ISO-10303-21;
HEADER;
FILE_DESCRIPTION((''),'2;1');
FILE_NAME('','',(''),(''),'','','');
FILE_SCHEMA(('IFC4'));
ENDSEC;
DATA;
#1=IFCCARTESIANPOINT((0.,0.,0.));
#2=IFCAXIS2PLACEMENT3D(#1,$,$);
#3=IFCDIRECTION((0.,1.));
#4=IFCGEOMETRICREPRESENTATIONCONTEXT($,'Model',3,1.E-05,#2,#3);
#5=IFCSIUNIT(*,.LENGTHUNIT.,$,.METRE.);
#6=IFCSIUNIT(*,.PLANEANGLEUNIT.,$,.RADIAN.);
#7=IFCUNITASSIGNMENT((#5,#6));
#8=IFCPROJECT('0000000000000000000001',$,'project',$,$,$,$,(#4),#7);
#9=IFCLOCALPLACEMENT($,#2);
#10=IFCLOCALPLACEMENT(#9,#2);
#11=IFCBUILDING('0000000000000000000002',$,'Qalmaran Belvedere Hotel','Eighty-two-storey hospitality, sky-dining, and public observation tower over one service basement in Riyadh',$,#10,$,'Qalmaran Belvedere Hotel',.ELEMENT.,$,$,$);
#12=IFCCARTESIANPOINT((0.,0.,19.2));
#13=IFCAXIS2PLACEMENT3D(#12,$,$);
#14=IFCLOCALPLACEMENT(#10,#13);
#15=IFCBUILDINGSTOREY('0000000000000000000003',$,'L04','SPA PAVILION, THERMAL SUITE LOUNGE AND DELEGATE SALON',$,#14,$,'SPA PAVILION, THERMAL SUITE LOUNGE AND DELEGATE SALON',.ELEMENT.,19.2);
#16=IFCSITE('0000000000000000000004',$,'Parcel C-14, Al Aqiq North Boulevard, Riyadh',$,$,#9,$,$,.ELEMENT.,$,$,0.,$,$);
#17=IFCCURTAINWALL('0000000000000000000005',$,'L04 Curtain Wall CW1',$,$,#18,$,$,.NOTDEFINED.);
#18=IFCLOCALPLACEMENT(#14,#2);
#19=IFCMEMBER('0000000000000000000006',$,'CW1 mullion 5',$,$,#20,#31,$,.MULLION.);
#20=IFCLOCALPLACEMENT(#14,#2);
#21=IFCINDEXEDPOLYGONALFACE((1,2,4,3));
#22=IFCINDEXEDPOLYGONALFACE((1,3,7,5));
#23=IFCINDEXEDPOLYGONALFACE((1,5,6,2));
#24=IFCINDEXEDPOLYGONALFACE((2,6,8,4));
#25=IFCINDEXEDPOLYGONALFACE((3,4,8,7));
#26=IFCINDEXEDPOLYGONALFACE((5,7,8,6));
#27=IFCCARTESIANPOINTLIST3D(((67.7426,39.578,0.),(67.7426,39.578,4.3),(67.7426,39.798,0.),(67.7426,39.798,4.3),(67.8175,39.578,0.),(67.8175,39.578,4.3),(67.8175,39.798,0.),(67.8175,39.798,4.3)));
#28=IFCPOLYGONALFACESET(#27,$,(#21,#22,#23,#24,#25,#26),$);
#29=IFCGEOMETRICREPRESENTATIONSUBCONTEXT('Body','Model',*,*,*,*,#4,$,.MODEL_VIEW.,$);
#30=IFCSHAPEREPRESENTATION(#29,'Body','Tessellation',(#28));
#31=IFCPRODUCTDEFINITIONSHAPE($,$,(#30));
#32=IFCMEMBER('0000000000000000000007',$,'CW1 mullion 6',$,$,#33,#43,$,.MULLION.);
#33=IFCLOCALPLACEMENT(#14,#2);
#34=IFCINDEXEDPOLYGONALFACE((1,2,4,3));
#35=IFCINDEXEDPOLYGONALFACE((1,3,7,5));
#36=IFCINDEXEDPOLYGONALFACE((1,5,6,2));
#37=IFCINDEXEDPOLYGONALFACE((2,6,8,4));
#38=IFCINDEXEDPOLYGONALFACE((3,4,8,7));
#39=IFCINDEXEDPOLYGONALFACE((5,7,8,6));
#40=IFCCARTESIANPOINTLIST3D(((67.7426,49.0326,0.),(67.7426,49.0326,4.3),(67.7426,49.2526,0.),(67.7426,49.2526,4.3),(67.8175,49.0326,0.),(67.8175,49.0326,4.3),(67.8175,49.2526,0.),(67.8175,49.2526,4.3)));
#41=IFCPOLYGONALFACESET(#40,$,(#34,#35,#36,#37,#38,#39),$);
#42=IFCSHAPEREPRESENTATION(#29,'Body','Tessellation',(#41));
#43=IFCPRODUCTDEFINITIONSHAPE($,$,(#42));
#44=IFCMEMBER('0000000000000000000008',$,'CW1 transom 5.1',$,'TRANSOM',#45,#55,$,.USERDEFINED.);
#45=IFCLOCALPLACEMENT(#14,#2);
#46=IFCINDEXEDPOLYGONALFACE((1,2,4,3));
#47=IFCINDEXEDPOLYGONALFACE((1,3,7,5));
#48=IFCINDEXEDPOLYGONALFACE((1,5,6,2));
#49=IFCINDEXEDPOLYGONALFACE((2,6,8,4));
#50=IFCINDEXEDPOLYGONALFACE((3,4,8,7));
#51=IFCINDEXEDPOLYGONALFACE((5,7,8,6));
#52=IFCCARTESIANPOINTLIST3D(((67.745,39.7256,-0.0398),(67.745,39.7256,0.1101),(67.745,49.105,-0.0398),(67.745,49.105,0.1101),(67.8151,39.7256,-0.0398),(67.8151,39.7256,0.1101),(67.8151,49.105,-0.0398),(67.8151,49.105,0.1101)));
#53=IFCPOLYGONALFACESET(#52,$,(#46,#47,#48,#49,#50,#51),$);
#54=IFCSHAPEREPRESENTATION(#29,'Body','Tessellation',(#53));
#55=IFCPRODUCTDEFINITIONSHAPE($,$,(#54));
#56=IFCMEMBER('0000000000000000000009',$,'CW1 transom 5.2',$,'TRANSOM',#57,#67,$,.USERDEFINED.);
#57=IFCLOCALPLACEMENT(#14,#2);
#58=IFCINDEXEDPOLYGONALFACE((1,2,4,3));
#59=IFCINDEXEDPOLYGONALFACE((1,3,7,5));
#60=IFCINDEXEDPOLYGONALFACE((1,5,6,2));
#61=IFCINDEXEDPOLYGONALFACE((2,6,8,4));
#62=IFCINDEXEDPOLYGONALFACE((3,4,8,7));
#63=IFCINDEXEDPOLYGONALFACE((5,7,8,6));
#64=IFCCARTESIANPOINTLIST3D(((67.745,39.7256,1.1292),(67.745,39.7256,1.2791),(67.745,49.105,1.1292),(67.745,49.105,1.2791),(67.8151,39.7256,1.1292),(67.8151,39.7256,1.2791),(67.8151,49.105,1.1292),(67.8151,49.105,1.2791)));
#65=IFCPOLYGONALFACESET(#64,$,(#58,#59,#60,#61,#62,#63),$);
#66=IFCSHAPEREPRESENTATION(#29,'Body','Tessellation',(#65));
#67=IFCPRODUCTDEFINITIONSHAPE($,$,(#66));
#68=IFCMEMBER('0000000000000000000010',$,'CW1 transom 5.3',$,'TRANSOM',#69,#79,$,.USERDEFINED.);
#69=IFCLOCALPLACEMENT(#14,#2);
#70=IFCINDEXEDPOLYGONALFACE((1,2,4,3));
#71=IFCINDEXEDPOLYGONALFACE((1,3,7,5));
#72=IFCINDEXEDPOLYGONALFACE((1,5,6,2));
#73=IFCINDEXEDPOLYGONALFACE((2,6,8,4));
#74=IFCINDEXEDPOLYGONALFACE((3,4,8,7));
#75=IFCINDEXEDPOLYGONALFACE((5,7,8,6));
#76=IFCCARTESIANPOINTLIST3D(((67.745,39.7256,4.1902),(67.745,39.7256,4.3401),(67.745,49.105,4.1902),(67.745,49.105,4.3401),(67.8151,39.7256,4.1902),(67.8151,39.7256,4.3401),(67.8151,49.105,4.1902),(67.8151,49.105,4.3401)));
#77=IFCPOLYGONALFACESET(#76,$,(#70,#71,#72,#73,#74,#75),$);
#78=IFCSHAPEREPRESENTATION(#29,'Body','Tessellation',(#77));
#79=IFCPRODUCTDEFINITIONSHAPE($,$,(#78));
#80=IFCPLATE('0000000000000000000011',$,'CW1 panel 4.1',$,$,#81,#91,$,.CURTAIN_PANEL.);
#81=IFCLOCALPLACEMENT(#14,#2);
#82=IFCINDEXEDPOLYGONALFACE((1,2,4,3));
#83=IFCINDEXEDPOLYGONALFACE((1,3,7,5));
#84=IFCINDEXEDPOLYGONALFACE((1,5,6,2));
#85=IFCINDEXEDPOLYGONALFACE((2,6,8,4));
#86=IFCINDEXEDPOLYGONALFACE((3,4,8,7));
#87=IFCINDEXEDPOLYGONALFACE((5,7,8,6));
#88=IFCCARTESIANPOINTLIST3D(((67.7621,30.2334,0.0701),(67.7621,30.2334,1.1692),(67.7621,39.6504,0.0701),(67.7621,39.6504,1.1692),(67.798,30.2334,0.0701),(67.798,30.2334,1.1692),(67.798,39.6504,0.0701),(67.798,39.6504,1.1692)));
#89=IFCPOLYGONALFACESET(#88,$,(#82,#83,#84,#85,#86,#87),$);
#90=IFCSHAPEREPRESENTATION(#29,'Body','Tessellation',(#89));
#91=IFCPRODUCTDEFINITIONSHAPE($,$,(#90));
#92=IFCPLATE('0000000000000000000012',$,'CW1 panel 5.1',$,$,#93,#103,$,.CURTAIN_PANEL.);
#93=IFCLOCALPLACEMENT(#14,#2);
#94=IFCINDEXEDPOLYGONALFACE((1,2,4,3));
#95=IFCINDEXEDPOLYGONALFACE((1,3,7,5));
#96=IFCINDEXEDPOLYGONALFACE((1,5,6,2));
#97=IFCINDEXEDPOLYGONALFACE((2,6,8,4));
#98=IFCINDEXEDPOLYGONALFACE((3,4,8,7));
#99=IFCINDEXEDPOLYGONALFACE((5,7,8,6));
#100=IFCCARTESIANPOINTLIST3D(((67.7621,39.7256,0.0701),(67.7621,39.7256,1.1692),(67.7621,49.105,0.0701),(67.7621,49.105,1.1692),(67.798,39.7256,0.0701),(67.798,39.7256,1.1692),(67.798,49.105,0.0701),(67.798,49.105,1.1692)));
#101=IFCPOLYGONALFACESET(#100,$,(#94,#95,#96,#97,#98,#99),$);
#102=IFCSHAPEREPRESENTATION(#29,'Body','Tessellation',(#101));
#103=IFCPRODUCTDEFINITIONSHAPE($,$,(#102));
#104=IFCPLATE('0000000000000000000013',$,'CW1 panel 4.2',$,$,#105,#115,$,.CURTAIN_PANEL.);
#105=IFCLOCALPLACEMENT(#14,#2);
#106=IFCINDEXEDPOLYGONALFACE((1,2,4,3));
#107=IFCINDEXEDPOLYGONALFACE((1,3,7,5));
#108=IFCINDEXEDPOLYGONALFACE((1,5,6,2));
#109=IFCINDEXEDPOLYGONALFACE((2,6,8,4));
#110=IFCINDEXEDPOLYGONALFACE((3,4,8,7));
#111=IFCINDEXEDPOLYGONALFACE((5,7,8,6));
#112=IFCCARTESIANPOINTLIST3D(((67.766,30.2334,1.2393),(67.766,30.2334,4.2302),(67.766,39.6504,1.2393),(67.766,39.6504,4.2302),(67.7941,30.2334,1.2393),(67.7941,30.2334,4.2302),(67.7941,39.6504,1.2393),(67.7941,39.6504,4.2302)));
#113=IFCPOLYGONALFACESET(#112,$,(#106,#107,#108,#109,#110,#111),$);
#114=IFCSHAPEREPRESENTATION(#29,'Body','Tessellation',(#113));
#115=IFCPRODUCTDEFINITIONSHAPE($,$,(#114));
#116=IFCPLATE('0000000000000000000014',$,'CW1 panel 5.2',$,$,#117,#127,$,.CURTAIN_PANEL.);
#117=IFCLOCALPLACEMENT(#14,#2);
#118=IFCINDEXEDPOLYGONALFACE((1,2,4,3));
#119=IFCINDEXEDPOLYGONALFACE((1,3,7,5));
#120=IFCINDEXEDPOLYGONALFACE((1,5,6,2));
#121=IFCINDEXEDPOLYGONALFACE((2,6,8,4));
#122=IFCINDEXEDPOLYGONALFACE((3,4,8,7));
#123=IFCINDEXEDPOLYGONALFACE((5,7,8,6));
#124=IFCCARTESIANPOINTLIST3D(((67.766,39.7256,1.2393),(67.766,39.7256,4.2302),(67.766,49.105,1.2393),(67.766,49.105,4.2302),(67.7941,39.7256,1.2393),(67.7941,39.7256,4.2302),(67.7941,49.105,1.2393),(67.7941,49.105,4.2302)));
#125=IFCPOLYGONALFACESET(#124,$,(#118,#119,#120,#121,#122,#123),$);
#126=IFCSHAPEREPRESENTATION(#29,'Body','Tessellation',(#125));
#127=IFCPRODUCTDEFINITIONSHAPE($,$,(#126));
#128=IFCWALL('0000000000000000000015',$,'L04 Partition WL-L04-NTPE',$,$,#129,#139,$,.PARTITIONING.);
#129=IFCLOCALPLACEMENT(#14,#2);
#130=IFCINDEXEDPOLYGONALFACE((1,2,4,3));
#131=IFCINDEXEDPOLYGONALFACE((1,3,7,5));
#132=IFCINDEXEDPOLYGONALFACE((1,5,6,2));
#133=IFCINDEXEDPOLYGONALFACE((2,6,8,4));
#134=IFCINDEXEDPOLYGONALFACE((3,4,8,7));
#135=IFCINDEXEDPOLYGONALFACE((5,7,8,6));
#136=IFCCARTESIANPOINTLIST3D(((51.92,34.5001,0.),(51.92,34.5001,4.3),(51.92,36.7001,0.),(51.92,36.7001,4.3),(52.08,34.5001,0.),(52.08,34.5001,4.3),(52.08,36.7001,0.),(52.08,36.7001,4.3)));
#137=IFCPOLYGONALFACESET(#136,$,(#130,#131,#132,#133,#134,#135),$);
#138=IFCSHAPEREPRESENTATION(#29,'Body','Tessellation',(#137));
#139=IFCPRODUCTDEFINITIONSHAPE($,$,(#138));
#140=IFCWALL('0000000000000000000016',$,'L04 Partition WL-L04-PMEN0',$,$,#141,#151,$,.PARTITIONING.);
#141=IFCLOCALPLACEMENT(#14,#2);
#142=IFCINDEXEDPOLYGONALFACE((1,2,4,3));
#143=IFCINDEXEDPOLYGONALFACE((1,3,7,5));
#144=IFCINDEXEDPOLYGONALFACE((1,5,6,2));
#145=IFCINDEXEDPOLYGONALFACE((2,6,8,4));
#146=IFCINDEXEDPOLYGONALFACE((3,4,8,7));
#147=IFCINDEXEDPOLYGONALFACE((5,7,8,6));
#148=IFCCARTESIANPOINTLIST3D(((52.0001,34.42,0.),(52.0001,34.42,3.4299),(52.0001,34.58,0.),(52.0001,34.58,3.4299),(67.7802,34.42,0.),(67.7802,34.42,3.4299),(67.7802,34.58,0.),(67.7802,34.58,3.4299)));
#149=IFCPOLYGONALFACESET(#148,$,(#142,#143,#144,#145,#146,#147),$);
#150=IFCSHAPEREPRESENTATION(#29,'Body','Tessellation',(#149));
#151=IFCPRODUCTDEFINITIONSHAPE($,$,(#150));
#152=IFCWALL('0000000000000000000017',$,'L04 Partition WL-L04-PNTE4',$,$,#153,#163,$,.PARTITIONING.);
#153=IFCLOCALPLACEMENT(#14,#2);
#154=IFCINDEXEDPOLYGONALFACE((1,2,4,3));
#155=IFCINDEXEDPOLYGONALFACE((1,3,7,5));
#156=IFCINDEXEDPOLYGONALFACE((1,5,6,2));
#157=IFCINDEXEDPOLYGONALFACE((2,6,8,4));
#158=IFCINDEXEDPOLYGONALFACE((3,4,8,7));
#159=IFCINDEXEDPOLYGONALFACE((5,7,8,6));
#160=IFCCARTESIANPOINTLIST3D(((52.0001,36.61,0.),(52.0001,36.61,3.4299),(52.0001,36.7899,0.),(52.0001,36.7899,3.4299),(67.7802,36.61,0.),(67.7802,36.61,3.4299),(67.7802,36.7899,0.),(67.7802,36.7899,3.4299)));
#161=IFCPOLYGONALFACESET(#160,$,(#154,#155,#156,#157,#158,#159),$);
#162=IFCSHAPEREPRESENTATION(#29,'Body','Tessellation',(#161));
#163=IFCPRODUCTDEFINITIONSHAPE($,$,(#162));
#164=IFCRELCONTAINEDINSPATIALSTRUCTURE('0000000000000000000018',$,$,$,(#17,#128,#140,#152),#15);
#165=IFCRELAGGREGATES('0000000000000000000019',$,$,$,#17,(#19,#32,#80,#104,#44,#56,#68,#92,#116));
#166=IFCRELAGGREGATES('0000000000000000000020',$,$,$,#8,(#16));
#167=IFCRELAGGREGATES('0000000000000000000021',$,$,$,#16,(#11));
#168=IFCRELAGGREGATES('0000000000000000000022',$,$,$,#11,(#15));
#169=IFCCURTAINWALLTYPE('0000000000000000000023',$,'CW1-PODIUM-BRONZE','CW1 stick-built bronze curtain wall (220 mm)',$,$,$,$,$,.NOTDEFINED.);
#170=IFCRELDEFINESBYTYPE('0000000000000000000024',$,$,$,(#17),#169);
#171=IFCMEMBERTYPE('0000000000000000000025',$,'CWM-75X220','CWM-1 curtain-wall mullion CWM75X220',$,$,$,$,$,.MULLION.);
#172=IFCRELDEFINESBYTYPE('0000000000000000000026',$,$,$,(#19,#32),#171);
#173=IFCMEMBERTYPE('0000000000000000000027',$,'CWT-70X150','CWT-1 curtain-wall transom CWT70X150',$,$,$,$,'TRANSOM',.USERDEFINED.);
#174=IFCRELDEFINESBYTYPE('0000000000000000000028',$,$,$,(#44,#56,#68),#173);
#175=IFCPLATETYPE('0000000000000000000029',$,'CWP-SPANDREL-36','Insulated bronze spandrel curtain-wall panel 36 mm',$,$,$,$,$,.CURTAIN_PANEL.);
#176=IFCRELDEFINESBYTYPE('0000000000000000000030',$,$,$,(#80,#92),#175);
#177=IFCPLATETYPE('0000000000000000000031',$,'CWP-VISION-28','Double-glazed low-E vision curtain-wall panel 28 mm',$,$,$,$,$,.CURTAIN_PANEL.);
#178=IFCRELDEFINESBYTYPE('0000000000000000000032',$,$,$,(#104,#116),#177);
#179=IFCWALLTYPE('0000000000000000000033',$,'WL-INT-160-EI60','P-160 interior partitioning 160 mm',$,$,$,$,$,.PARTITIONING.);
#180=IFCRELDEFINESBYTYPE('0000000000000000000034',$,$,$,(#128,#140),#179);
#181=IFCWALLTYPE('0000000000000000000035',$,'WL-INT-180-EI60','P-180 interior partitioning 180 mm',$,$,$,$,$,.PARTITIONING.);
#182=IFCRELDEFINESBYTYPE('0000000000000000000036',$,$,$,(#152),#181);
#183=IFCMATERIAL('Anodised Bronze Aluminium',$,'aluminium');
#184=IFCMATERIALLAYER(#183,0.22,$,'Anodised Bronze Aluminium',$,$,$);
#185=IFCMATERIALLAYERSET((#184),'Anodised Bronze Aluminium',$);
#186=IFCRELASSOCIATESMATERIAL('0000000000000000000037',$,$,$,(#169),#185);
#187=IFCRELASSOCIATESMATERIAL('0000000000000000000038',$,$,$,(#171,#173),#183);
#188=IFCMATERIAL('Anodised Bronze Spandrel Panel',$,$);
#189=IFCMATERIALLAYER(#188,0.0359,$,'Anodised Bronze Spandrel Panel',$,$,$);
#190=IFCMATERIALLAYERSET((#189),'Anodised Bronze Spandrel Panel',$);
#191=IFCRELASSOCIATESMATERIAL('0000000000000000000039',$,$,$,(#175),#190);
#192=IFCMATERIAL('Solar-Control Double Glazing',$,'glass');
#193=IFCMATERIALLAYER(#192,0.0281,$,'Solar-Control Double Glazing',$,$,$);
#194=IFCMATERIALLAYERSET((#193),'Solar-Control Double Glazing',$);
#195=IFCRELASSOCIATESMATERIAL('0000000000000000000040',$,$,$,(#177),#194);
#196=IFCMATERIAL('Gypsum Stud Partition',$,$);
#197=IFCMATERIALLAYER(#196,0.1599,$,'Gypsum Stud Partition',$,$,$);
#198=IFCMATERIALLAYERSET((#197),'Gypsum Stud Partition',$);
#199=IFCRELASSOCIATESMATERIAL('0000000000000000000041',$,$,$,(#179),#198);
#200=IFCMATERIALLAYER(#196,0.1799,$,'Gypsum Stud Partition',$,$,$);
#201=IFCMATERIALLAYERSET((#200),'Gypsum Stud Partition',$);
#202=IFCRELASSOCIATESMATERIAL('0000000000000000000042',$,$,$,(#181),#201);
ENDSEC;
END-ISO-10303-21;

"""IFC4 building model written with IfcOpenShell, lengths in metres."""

from ifc_helpers import new_model, si_unit, direction, frame, frame_2d, origin, origin_2d, place, context, subcontext, project, spatial, rectangle, extrude, material, layer, layer_set, material_profile, profile_set, type_object, element, aggregate, save


model = new_model("IFC4")

# Units and contexts
model_context = context("Model", 3, precision=1e-05, world=origin(), true_north=direction((0.0, 1.0)))
body_context = subcontext(model_context, "Body", "Model", "MODEL_VIEW")
ifc_project = project(units=[si_unit("LENGTHUNIT", "METRE"), si_unit("PLANEANGLEUNIT", "RADIAN")], contexts=[model_context])

# Site, building, storey
site_placement = place(None, origin())
site = spatial("IfcSite", under=ifc_project, at=site_placement, Name="Parcel C-14, Al Aqiq North Boulevard, Riyadh", CompositionType="ELEMENT", RefElevation=0.0)
building_placement = place(site_placement, origin())
building = spatial("IfcBuilding", under=site, at=building_placement, Name="Qalmaran Belvedere Hotel", Description="Eighty-two-storey hospitality, sky-dining, and public observation tower over one service basement in Riyadh", LongName="Qalmaran Belvedere Hotel", CompositionType="ELEMENT")
storey_placement = place(building_placement, frame((0.0, 0.0, 19.2)))
storey = spatial("IfcBuildingStorey", under=building, at=storey_placement, Name="L04", Description="SPA PAVILION, THERMAL SUITE LOUNGE AND DELEGATE SALON", LongName="SPA PAVILION, THERMAL SUITE LOUNGE AND DELEGATE SALON", CompositionType="ELEMENT", Elevation=19.2)

# Curtain wall, members, plates
ifc_material_1 = material(Name="Anodised Bronze Aluminium", Category="aluminium")
ifc_layer_1 = layer(ifc_material_1, 0.22, Name="Anodised Bronze Aluminium")
ifc_layer_set_1 = layer_set([ifc_layer_1], Name="Anodised Bronze Aluminium")
curtain_wall_type = type_object("IfcCurtainWallType", Name="CW1-PODIUM-BRONZE", Description="CW1 stick-built bronze curtain wall (220 mm)", PredefinedType="NOTDEFINED", material=ifc_layer_set_1)
curtain_wall_placement = place(storey_placement, origin())
curtain_wall = element("IfcCurtainWall", 1, at=curtain_wall_placement, inside=storey, type_object=curtain_wall_type, Name="L04 Curtain Wall CW1", PredefinedType="NOTDEFINED")
ifc_material_profile_1 = material_profile(ifc_material_1, rectangle(XDim=0.075, YDim=0.22, at=origin_2d()), Name="CWM75X220")
ifc_profile_set_1 = profile_set([ifc_material_profile_1], Name="Anodised Bronze Aluminium")
member_type_1 = type_object("IfcMemberType", Name="CWM-75X220", Description="CWM-1 curtain-wall mullion CWM75X220", PredefinedType="MULLION", material=ifc_profile_set_1)
member_1_placement = place(storey_placement, frame((67.78, 39.688, 0.0), z_axis=(0.0, 0.0, 1.0), x_axis=(-1.0, 0.0, 0.0)))
member_1 = element("IfcMember", 2, at=member_1_placement, type_object=member_type_1, Name="CW1 mullion 5", PredefinedType="MULLION", context=body_context, shape_type="SweptSolid", body=[
    extrude(rectangle(XDim=0.075, YDim=0.22, at=origin_2d()), origin(), (0.0, 0.0, 1.0), 4.3),
])
member_2_placement = place(storey_placement, frame((67.78, 49.1426, 0.0), z_axis=(0.0, 0.0, 1.0), x_axis=(-1.0, 0.0, 0.0)))
member_2 = element("IfcMember", 3, at=member_2_placement, type_object=member_type_1, Name="CW1 mullion 6", PredefinedType="MULLION", context=body_context, shape_type="SweptSolid", body=[
    extrude(rectangle(XDim=0.075, YDim=0.22, at=origin_2d()), origin(), (0.0, 0.0, 1.0), 4.3),
])
ifc_material_profile_2 = material_profile(ifc_material_1, rectangle(XDim=0.0701, YDim=0.1499, at=origin_2d()), Name="CWT70X150")
ifc_profile_set_2 = profile_set([ifc_material_profile_2], Name="Anodised Bronze Aluminium")
member_type_2 = type_object("IfcMemberType", Name="CWT-70X150", Description="CWT-1 curtain-wall transom CWT70X150", ElementType="TRANSOM", PredefinedType="USERDEFINED", material=ifc_profile_set_2)
member_3_placement = place(storey_placement, frame((67.78, 39.7256, 0.0352), z_axis=(0.0, 1.0, 0.0), x_axis=(-1.0, 0.0, 0.0)))
member_3 = element("IfcMember", 4, at=member_3_placement, type_object=member_type_2, Name="CW1 transom 5.1", ObjectType="TRANSOM", PredefinedType="USERDEFINED", context=body_context, shape_type="SweptSolid", body=[
    extrude(rectangle(XDim=0.0701, YDim=0.1499, at=origin_2d()), origin(), (0.0, 0.0, 1.0), 9.3794),
])
member_4_placement = place(storey_placement, frame((67.78, 39.7256, 1.2041), z_axis=(0.0, 1.0, 0.0), x_axis=(-1.0, 0.0, 0.0)))
member_4 = element("IfcMember", 5, at=member_4_placement, type_object=member_type_2, Name="CW1 transom 5.2", ObjectType="TRANSOM", PredefinedType="USERDEFINED", context=body_context, shape_type="SweptSolid", body=[
    extrude(rectangle(XDim=0.0701, YDim=0.1499, at=origin_2d()), origin(), (0.0, 0.0, 1.0), 9.3794),
])
member_5_placement = place(storey_placement, frame((67.78, 39.7256, 4.2651), z_axis=(0.0, 1.0, 0.0), x_axis=(-1.0, 0.0, 0.0)))
member_5 = element("IfcMember", 6, at=member_5_placement, type_object=member_type_2, Name="CW1 transom 5.3", ObjectType="TRANSOM", PredefinedType="USERDEFINED", context=body_context, shape_type="SweptSolid", body=[
    extrude(rectangle(XDim=0.0701, YDim=0.1499, at=origin_2d()), origin(), (0.0, 0.0, 1.0), 9.3794),
])
ifc_material_2 = material(Name="Anodised Bronze Spandrel Panel")
ifc_layer_2 = layer(ifc_material_2, 0.0359, Name="Anodised Bronze Spandrel Panel")
ifc_layer_set_2 = layer_set([ifc_layer_2], Name="Anodised Bronze Spandrel Panel")
plate_type_1 = type_object("IfcPlateType", Name="CWP-SPANDREL-36", Description="Insulated bronze spandrel curtain-wall panel 36 mm", PredefinedType="CURTAIN_PANEL", material=ifc_layer_set_2)
plate_1_placement = place(storey_placement, frame((67.78, 34.9419, 0.0701), z_axis=(0.0, 0.0, 1.0), x_axis=(0.0, 1.0, 0.0)))
plate_1 = element("IfcPlate", 7, at=plate_1_placement, type_object=plate_type_1, Name="CW1 panel 4.1", PredefinedType="CURTAIN_PANEL", context=body_context, shape_type="SweptSolid", body=[
    extrude(rectangle(XDim=9.417, YDim=0.0359, at=origin_2d()), origin(), (0.0, 0.0, 1.0), 1.0991),
])
plate_2_placement = place(storey_placement, frame((67.78, 44.4153, 0.0701), z_axis=(0.0, 0.0, 1.0), x_axis=(0.0, 1.0, 0.0)))
plate_2 = element("IfcPlate", 8, at=plate_2_placement, type_object=plate_type_1, Name="CW1 panel 5.1", PredefinedType="CURTAIN_PANEL", context=body_context, shape_type="SweptSolid", body=[
    extrude(rectangle(XDim=9.3794, YDim=0.0359, at=origin_2d()), origin(), (0.0, 0.0, 1.0), 1.0991),
])
ifc_material_3 = material(Name="Solar-Control Double Glazing", Category="glass")
ifc_layer_3 = layer(ifc_material_3, 0.0281, Name="Solar-Control Double Glazing")
ifc_layer_set_3 = layer_set([ifc_layer_3], Name="Solar-Control Double Glazing")
plate_type_2 = type_object("IfcPlateType", Name="CWP-VISION-28", Description="Double-glazed low-E vision curtain-wall panel 28 mm", PredefinedType="CURTAIN_PANEL", material=ifc_layer_set_3)
plate_3_placement = place(storey_placement, frame((67.78, 34.9419, 1.2393), z_axis=(0.0, 0.0, 1.0), x_axis=(0.0, 1.0, 0.0)))
plate_3 = element("IfcPlate", 9, at=plate_3_placement, type_object=plate_type_2, Name="CW1 panel 4.2", PredefinedType="CURTAIN_PANEL", context=body_context, shape_type="SweptSolid", body=[
    extrude(rectangle(XDim=9.417, YDim=0.0281, at=origin_2d()), origin(), (0.0, 0.0, 1.0), 2.991),
])
plate_4_placement = place(storey_placement, frame((67.78, 44.4153, 1.2393), z_axis=(0.0, 0.0, 1.0), x_axis=(0.0, 1.0, 0.0)))
plate_4 = element("IfcPlate", 10, at=plate_4_placement, type_object=plate_type_2, Name="CW1 panel 5.2", PredefinedType="CURTAIN_PANEL", context=body_context, shape_type="SweptSolid", body=[
    extrude(rectangle(XDim=9.3794, YDim=0.0281, at=origin_2d()), origin(), (0.0, 0.0, 1.0), 2.991),
])
aggregate(curtain_wall, [member_1, member_2, plate_1, plate_3, member_3, member_4, member_5, plate_2, plate_4])

# Walls
ifc_material_4 = material(Name="Gypsum Stud Partition")
ifc_layer_4 = layer(ifc_material_4, 0.1599, Name="Gypsum Stud Partition")
ifc_layer_set_4 = layer_set([ifc_layer_4], Name="Gypsum Stud Partition")
wall_type_1 = type_object("IfcWallType", Name="WL-INT-160-EI60", Description="P-160 interior partitioning 160 mm", PredefinedType="PARTITIONING", material=ifc_layer_set_4)
wall_1_placement = place(storey_placement, frame((52.0, 34.5, 0.0), z_axis=(0.0, 0.0, 1.0), x_axis=(0.0, 1.0, 0.0)))
element("IfcWall", 11, at=wall_1_placement, inside=storey, type_object=wall_type_1, Name="L04 Partition WL-L04-NTPE", PredefinedType="PARTITIONING", context=body_context, shape_type="SweptSolid", body=[
    extrude(rectangle(XDim=2.2, YDim=0.1599, at=frame_2d((1.1001, 0.0))), origin(), (0.0, 0.0, 1.0), 4.3),
])
wall_2_placement = place(storey_placement, frame((52.0, 34.5, 0.0), z_axis=(0.0, 0.0, 1.0), x_axis=(1.0, 0.0, 0.0)))
element("IfcWall", 12, at=wall_2_placement, inside=storey, type_object=wall_type_1, Name="L04 Partition WL-L04-PMEN0", PredefinedType="PARTITIONING", context=body_context, shape_type="SweptSolid", body=[
    extrude(rectangle(XDim=15.78, YDim=0.1599, at=frame_2d((7.8901, 0.0))), origin(), (0.0, 0.0, 1.0), 3.4299),
])
ifc_layer_5 = layer(ifc_material_4, 0.1799, Name="Gypsum Stud Partition")
ifc_layer_set_5 = layer_set([ifc_layer_5], Name="Gypsum Stud Partition")
wall_type_2 = type_object("IfcWallType", Name="WL-INT-180-EI60", Description="P-180 interior partitioning 180 mm", PredefinedType="PARTITIONING", material=ifc_layer_set_5)
wall_3_placement = place(storey_placement, frame((52.0, 36.7, 0.0), z_axis=(0.0, 0.0, 1.0), x_axis=(1.0, 0.0, 0.0)))
element("IfcWall", 13, at=wall_3_placement, inside=storey, type_object=wall_type_2, Name="L04 Partition WL-L04-PNTE4", PredefinedType="PARTITIONING", context=body_context, shape_type="SweptSolid", body=[
    extrude(rectangle(XDim=15.78, YDim=0.1799, at=frame_2d((7.8901, 0.0))), origin(), (0.0, 0.0, 1.0), 3.4299),
])

save(model, "model.ifc")
